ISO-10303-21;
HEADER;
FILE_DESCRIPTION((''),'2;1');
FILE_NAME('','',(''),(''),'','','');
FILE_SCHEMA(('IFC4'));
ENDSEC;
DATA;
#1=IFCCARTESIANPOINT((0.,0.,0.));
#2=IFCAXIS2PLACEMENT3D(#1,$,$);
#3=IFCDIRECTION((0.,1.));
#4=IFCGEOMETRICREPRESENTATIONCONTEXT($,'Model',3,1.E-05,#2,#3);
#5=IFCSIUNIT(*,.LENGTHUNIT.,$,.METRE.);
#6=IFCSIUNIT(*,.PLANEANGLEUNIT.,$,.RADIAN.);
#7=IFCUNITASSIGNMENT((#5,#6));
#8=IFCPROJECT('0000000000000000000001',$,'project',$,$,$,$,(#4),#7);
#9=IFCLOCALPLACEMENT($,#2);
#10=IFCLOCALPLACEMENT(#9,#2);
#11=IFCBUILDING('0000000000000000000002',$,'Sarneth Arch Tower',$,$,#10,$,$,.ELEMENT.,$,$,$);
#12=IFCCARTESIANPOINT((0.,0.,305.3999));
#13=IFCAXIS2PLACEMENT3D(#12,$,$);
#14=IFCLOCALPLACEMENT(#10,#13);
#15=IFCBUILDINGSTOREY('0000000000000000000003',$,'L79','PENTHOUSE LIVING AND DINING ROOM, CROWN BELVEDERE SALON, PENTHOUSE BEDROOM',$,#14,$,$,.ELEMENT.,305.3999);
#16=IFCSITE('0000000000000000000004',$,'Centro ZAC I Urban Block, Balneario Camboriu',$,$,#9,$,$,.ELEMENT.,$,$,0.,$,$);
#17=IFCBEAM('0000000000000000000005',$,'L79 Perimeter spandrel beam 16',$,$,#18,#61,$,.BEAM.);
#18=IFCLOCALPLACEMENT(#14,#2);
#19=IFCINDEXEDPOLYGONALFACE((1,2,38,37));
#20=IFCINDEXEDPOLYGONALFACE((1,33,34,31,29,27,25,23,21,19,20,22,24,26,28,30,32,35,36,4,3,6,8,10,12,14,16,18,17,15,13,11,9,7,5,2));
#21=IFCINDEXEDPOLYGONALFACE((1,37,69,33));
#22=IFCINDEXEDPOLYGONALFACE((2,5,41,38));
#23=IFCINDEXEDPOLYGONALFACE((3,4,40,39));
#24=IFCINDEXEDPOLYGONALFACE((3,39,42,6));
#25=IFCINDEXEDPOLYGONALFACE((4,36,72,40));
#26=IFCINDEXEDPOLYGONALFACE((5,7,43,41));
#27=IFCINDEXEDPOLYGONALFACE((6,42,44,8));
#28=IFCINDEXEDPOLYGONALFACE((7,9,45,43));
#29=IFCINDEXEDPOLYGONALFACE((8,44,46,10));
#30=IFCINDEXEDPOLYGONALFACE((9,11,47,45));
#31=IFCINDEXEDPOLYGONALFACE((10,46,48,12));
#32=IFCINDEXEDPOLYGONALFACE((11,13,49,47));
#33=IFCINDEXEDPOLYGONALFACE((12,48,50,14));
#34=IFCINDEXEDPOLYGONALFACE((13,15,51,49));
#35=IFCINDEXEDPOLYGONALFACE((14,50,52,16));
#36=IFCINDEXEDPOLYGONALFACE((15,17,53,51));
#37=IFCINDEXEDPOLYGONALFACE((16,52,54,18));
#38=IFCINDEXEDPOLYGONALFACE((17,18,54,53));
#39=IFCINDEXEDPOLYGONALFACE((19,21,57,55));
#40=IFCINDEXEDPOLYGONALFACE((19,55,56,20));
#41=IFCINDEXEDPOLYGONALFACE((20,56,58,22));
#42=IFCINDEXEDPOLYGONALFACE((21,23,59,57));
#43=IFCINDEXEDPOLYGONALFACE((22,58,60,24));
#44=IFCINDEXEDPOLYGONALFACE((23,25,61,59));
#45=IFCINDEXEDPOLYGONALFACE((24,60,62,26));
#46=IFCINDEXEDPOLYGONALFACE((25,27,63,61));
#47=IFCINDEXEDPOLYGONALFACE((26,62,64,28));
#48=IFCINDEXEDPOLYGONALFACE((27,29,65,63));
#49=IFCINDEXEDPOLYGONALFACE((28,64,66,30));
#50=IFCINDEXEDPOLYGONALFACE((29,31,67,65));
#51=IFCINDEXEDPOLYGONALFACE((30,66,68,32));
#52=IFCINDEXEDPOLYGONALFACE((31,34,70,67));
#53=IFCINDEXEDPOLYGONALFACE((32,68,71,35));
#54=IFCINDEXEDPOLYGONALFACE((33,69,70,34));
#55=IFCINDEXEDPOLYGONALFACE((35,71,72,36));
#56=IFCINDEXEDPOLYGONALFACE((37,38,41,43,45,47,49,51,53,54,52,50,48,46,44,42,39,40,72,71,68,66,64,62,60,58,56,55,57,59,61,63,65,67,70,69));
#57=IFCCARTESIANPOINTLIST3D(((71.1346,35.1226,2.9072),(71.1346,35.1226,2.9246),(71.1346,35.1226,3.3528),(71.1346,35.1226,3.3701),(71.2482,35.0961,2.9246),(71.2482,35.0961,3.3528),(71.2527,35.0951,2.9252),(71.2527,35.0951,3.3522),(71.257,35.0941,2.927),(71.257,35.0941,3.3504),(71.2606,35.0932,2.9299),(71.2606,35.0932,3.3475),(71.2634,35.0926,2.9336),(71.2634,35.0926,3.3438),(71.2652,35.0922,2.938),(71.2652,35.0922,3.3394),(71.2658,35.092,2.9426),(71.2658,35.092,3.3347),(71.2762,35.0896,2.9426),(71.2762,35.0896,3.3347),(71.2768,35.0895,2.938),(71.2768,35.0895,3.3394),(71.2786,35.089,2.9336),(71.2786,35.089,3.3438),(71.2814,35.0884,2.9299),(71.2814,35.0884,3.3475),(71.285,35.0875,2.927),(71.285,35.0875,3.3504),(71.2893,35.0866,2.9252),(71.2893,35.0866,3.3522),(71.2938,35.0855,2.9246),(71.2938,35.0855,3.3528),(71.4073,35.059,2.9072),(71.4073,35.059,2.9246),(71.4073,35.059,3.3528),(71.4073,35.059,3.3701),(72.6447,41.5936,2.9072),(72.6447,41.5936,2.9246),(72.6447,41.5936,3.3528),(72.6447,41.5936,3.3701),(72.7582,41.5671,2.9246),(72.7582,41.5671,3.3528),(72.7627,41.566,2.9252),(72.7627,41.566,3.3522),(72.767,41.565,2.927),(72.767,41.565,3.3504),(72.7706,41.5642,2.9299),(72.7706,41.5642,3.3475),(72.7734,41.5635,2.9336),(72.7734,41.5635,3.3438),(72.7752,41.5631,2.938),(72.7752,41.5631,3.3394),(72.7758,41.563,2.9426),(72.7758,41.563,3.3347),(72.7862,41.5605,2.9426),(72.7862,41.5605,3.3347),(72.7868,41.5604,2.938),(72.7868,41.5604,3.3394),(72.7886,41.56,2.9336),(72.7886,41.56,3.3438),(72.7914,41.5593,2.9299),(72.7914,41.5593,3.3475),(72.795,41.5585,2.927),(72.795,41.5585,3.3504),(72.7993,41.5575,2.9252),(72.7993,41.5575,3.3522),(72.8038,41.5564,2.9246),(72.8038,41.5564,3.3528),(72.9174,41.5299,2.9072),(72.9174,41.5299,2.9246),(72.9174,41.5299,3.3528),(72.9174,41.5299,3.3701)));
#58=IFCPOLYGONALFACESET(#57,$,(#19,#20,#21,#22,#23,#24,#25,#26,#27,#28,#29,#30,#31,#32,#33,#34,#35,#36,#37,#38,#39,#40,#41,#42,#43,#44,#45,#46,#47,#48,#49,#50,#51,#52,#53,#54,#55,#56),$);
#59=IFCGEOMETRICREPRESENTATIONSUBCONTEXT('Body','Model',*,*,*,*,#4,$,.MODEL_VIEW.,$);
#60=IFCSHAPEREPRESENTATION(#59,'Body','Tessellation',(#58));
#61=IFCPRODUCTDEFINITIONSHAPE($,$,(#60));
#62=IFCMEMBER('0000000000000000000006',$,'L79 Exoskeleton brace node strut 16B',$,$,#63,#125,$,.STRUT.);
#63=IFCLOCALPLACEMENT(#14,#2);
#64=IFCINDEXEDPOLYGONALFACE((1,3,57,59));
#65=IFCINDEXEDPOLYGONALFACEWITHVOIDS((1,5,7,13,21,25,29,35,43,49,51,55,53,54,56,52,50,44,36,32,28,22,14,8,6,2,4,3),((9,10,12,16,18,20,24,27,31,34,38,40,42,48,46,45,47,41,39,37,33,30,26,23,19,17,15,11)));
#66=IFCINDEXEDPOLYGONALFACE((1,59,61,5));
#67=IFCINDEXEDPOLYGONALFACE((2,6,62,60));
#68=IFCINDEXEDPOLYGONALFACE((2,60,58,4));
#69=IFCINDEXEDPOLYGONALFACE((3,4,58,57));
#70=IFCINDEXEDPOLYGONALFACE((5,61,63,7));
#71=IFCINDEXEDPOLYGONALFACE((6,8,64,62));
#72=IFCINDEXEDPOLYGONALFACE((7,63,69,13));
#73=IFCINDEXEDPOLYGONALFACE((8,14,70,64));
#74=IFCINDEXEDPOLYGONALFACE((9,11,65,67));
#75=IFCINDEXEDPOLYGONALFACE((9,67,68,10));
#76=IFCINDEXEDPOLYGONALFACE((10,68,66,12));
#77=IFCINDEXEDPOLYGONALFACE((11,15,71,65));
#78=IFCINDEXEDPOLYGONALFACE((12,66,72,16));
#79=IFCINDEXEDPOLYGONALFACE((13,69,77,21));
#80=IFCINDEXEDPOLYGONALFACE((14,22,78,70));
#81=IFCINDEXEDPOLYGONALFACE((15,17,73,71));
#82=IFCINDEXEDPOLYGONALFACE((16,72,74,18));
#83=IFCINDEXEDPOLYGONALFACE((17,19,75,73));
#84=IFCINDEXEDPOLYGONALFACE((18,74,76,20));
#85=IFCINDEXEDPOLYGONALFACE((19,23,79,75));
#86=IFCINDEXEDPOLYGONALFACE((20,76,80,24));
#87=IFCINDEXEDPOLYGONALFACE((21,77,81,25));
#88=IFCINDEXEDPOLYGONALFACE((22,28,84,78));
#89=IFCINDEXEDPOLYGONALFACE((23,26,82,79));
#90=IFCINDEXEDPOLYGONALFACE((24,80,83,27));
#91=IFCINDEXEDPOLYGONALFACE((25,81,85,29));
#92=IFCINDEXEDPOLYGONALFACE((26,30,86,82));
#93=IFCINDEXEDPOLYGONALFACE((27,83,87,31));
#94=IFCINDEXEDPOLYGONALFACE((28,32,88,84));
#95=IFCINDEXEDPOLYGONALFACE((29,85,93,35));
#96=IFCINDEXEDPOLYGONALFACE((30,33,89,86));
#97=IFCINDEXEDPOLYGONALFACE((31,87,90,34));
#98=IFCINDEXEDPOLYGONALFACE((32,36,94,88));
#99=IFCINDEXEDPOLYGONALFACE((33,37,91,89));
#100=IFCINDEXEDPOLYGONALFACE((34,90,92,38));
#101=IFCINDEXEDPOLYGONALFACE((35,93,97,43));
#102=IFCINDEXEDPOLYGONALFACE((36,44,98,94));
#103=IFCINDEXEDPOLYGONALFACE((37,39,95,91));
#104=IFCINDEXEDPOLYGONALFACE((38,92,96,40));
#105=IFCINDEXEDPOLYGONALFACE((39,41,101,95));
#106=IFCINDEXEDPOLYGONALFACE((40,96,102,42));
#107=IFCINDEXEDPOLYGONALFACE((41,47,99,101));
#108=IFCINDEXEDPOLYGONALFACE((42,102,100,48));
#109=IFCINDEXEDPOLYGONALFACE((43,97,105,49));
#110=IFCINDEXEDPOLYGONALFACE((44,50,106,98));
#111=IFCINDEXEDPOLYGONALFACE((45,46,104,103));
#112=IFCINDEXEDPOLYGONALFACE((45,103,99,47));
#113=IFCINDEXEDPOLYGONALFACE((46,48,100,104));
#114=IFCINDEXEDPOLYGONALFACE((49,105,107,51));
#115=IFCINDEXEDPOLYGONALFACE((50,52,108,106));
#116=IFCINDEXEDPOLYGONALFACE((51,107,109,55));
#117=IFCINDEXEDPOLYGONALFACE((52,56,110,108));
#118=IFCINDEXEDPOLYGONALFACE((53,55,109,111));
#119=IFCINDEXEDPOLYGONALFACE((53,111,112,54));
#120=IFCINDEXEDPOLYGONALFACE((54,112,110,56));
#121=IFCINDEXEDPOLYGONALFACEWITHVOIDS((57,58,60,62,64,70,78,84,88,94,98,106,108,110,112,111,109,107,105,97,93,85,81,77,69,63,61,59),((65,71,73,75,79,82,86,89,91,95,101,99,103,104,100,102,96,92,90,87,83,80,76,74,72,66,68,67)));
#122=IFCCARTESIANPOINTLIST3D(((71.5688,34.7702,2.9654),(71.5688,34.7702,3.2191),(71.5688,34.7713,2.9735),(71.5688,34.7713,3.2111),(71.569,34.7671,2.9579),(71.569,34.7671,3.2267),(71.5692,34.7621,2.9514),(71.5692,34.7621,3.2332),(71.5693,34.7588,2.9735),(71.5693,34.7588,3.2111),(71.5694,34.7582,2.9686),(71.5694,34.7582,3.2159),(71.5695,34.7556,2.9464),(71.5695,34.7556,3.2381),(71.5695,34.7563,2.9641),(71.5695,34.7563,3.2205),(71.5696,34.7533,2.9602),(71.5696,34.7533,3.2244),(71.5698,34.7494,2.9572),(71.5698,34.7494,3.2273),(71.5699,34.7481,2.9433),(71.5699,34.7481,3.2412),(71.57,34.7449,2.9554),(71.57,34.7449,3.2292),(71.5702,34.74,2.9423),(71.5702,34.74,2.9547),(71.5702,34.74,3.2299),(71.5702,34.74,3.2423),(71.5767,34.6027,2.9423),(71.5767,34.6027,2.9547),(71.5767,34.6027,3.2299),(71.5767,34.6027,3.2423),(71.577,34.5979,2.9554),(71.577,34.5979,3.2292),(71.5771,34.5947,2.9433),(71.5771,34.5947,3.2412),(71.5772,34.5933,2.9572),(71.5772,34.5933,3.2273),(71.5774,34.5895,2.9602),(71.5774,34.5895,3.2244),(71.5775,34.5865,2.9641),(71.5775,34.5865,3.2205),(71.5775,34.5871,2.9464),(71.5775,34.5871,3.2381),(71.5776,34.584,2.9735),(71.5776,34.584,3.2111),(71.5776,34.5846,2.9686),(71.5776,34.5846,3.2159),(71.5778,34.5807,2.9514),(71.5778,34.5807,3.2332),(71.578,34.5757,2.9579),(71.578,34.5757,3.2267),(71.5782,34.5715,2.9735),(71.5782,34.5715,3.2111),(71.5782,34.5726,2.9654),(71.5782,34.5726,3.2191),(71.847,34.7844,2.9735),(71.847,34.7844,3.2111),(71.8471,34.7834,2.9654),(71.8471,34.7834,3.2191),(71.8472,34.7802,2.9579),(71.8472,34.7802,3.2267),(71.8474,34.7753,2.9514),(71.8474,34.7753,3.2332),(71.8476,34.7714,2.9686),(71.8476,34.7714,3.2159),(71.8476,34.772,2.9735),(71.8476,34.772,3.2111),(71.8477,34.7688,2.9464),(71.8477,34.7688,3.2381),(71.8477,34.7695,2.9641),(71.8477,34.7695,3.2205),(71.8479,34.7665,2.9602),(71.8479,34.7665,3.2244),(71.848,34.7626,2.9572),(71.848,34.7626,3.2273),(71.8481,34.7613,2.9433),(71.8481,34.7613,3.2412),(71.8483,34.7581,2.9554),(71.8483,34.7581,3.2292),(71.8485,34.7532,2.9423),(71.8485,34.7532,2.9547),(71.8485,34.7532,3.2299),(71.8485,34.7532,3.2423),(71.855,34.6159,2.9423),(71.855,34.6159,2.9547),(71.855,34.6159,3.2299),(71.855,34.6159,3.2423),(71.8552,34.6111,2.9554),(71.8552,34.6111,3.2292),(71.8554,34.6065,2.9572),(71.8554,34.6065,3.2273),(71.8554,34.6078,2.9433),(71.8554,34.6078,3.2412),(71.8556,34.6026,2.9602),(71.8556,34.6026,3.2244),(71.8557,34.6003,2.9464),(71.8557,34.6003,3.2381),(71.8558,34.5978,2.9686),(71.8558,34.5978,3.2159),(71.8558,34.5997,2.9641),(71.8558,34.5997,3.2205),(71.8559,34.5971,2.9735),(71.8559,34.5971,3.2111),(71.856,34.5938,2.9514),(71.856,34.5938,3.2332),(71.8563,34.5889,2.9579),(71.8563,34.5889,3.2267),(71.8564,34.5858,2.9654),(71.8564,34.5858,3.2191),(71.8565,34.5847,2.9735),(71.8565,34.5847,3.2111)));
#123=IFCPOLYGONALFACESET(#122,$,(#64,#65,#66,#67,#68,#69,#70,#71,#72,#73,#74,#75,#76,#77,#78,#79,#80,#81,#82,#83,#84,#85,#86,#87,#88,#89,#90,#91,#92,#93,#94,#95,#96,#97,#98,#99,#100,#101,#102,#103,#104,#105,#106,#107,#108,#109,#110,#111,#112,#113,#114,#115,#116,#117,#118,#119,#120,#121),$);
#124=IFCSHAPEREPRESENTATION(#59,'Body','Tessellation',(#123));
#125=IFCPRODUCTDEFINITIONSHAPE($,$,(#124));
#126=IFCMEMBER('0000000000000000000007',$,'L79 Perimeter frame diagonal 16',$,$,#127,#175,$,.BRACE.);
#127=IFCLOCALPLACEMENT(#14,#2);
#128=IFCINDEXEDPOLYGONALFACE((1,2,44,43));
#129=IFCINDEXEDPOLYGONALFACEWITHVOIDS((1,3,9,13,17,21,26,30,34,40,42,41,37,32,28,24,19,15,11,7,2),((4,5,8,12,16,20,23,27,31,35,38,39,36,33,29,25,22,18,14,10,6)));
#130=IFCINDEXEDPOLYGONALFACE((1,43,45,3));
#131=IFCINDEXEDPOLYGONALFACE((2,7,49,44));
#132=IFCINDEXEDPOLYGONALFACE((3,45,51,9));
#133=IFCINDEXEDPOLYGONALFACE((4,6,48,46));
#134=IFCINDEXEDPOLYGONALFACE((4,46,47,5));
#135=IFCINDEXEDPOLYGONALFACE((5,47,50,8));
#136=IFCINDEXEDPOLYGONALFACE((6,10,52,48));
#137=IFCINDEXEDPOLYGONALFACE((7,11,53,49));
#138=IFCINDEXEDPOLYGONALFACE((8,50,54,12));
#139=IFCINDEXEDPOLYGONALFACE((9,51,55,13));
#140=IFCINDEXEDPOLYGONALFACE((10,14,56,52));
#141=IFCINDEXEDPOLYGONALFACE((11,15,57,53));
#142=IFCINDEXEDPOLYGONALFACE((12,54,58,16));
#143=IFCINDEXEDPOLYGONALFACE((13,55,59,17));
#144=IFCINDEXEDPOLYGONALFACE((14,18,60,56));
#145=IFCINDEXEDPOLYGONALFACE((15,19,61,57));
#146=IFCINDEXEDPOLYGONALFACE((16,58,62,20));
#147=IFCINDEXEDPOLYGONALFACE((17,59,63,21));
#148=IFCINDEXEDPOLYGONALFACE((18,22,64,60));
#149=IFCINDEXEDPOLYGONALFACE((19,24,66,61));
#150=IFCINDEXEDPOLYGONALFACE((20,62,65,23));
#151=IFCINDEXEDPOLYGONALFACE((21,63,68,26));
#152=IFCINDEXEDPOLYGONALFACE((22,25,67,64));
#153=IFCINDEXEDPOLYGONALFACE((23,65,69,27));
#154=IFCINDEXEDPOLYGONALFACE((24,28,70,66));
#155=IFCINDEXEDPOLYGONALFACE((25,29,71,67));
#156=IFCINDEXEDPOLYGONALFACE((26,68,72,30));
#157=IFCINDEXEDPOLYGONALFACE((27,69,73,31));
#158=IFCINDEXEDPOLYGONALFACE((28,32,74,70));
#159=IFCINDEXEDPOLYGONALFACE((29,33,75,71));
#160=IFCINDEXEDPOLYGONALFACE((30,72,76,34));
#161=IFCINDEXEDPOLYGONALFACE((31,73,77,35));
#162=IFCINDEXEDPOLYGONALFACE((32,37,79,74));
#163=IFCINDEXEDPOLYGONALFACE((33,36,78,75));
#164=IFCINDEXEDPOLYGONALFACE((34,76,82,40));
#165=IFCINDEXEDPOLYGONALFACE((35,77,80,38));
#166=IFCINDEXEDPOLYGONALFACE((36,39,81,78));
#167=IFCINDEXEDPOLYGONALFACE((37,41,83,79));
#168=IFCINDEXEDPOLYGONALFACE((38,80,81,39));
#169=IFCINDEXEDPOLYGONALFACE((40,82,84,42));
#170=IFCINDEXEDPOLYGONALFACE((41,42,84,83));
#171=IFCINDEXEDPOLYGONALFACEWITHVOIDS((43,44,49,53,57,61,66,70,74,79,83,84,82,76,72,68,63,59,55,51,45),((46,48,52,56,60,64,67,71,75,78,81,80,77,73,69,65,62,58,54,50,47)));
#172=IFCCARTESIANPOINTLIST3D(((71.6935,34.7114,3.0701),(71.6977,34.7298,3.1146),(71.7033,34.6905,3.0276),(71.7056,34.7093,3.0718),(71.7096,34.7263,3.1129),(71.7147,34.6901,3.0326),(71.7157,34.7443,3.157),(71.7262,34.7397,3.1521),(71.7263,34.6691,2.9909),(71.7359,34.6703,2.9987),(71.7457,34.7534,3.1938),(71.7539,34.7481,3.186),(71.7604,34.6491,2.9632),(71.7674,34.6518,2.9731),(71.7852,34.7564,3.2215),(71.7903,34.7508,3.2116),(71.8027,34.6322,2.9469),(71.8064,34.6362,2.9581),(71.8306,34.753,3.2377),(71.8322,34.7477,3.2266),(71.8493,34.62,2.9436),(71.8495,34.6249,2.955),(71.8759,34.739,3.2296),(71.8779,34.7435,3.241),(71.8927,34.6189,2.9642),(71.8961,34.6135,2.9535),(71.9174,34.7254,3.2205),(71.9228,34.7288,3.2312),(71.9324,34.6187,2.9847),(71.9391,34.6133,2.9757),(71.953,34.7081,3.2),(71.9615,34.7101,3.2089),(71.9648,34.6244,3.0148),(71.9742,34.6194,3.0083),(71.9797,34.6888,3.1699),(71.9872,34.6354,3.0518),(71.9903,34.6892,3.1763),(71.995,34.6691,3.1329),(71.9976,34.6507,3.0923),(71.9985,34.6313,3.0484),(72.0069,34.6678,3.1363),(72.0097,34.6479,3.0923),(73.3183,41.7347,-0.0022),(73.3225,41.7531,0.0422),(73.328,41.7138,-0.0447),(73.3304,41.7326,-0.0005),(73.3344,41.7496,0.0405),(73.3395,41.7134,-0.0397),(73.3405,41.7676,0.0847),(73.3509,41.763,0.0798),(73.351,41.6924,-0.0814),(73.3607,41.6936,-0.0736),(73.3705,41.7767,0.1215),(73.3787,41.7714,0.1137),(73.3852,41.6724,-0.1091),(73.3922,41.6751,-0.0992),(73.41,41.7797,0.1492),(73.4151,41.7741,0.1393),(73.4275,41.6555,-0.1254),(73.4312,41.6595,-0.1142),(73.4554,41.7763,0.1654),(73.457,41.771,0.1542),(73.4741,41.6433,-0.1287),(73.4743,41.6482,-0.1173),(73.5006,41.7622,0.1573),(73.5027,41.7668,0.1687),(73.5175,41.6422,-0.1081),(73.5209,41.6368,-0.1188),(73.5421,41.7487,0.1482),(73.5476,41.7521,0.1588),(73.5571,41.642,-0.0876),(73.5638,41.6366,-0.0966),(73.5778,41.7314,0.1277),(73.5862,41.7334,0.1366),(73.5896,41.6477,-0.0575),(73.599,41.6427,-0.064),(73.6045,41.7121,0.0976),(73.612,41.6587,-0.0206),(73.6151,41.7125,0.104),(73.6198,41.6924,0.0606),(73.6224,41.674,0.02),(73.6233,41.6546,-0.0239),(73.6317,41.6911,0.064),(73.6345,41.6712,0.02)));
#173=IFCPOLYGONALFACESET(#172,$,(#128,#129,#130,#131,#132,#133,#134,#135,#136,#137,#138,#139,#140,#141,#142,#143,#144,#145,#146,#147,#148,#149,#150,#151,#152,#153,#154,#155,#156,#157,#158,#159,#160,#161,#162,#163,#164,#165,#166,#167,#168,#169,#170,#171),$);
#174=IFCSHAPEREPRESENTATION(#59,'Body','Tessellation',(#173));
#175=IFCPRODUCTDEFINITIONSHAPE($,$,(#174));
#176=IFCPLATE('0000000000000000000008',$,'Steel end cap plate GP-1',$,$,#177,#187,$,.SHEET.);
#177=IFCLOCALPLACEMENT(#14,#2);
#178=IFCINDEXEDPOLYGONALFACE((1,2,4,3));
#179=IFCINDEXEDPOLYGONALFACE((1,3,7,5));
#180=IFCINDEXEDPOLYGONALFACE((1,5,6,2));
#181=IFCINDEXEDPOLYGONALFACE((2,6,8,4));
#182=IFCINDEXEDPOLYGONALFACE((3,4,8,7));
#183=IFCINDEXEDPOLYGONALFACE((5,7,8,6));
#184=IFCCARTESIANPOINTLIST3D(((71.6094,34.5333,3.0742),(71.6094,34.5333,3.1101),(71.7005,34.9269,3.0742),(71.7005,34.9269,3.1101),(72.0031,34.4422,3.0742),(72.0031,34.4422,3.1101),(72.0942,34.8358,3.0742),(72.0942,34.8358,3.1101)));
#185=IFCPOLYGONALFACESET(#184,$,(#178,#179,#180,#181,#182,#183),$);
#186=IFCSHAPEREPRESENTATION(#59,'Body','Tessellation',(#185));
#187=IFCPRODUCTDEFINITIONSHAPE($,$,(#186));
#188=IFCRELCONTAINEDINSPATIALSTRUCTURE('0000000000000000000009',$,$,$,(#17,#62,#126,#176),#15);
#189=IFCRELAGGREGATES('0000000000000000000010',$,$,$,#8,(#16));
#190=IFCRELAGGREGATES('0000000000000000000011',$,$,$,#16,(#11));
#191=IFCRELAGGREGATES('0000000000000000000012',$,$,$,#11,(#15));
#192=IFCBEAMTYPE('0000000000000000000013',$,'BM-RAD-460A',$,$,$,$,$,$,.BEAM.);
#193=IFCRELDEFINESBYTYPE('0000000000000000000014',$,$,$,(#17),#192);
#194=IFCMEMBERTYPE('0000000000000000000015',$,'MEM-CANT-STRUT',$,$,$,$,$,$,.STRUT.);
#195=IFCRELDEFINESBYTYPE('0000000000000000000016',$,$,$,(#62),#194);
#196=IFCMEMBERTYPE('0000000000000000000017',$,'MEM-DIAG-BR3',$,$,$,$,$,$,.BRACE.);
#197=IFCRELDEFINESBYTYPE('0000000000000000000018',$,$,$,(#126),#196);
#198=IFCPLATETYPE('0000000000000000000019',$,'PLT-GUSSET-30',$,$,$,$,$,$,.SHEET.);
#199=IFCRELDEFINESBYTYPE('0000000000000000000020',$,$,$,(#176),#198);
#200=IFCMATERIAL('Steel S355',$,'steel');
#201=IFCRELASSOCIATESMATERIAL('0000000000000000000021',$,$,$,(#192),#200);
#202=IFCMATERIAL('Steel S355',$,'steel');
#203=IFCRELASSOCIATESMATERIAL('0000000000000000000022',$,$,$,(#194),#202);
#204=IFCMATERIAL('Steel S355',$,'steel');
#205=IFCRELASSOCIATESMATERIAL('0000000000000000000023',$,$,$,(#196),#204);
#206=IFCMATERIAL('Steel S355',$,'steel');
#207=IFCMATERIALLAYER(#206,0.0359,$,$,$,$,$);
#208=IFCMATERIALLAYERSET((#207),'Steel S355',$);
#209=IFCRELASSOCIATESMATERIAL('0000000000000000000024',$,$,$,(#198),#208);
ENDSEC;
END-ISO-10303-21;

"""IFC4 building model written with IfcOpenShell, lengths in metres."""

from ifc_helpers import new_model, si_unit, direction, frame, origin, origin_2d, place, context, subcontext, project, spatial, rectangle, hollow_rectangle, hollow_circle, i_section, extrude, material, layer, layer_set, material_profile, profile_set, type_object, element, save


model = new_model("IFC4")

# Units and contexts
model_context = context("Model", 3, precision=1e-05, world=origin(), true_north=direction((0.0, 1.0)))
body_context = subcontext(model_context, "Body", "Model", "MODEL_VIEW")
ifc_project = project(units=[si_unit("LENGTHUNIT", "METRE"), si_unit("PLANEANGLEUNIT", "RADIAN")], contexts=[model_context])

# Site, building, storey
site_placement = place(None, origin())
site = spatial("IfcSite", under=ifc_project, at=site_placement, Name="Centro ZAC I Urban Block, Balneario Camboriu", CompositionType="ELEMENT", RefElevation=0.0)
building_placement = place(site_placement, origin())
building = spatial("IfcBuilding", under=site, at=building_placement, Name="Sarneth Arch Tower", CompositionType="ELEMENT")
storey_placement = place(building_placement, frame((0.0, 0.0, 305.3999)))
storey = spatial("IfcBuildingStorey", under=building, at=storey_placement, Name="L79", Description="PENTHOUSE LIVING AND DINING ROOM, CROWN BELVEDERE SALON, PENTHOUSE BEDROOM", CompositionType="ELEMENT", Elevation=305.3999)

# Beam
ifc_material_1 = material(Name="Steel S355", Category="steel")
ifc_material_profile_1 = material_profile(ifc_material_1, i_section(OverallWidth=0.28, OverallDepth=0.4629, WebThickness=0.0107, FlangeThickness=0.0173, FilletRadius=0.0181, at=origin_2d()), Name="W460x113")
ifc_profile_set_1 = profile_set([ifc_material_profile_1], Name="Steel S355")
beam_type_1 = type_object("IfcBeamType", Name="BM-RAD-460A", PredefinedType="BEAM", material=ifc_profile_set_1)
beam_1_placement = place(storey_placement, frame((71.271, 35.0908, 3.1387), z_axis=(0.227247, 0.973837, 0.0), x_axis=(-0.973837, 0.227247, 0.0)))
element("IfcBeam", 1, at=beam_1_placement, inside=storey, type_object=beam_type_1, Name="L79 Perimeter spandrel beam 16", PredefinedType="BEAM", context=body_context, shape_type="SweptSolid", body=[
    extrude(i_section(OverallWidth=0.28, OverallDepth=0.4629, WebThickness=0.0107, FlangeThickness=0.0173, FilletRadius=0.0181, at=origin_2d()), origin(), (0.0, 0.0, 1.0), 6.6448),
])

# Members
ifc_material_2 = material(Name="Steel S355", Category="steel")
ifc_material_profile_2 = material_profile(ifc_material_2, hollow_rectangle(XDim=0.2, YDim=0.3, WallThickness=0.0125, InnerFilletRadius=0.0188, OuterFilletRadius=0.0312, at=origin_2d()), Name="RHS300x200x12.5")
ifc_profile_set_2 = profile_set([ifc_material_profile_2], Name="Steel S355")
member_type_1 = type_object("IfcMemberType", Name="MEM-CANT-STRUT", PredefinedType="STRUT", material=ifc_profile_set_2)
member_1_placement = place(storey_placement, frame((71.5735, 34.6714, 3.0923), z_axis=(0.99888, 0.047315, 0.0), x_axis=(-0.047315, 0.99888, 0.0)))
element("IfcMember", 2, at=member_1_placement, inside=storey, type_object=member_type_1, Name="L79 Exoskeleton brace node strut 16B", PredefinedType="STRUT", context=body_context, shape_type="SweptSolid", body=[
    extrude(hollow_rectangle(XDim=0.2, YDim=0.3, WallThickness=0.0125, InnerFilletRadius=0.0188, OuterFilletRadius=0.0312, at=origin_2d()), origin(), (0.0, 0.0, 1.0), 0.2786),
])
ifc_material_3 = material(Name="Steel S355", Category="steel")
ifc_material_profile_3 = material_profile(ifc_material_3, hollow_circle(Radius=0.1621, WallThickness=0.0125, at=origin_2d()), Name="CHS324x12.5")
ifc_profile_set_3 = profile_set([ifc_material_profile_3], Name="Steel S355")
member_type_2 = type_object("IfcMemberType", Name="MEM-DIAG-BR3", PredefinedType="BRACE", material=ifc_profile_set_3)
member_2_placement = place(storey_placement, frame((73.4766, 41.7078, 0.02), z_axis=(-0.207343, -0.896265, 0.392067), x_axis=(0.974269, -0.225389, 0.0)))
element("IfcMember", 3, at=member_2_placement, inside=storey, type_object=member_type_2, Name="L79 Perimeter frame diagonal 16", PredefinedType="BRACE", context=body_context, shape_type="SweptSolid", body=[
    extrude(hollow_circle(Radius=0.1621, WallThickness=0.0125, at=origin_2d()), origin(), (0.0, 0.0, 1.0), 7.8362),
])

# Plate
ifc_material_4 = material(Name="Steel S355", Category="steel")
ifc_layer_1 = layer(ifc_material_4, 0.0359)
ifc_layer_set_1 = layer_set([ifc_layer_1], Name="Steel S355")
plate_type = type_object("IfcPlateType", Name="PLT-GUSSET-30", PredefinedType="SHEET", material=ifc_layer_set_1)
plate_placement = place(storey_placement, frame((71.8518, 34.6846, 3.0742), z_axis=(0.0, 0.0, 1.0), x_axis=(0.225461, 0.974252, 0.0)))
element("IfcPlate", 4, at=plate_placement, inside=storey, type_object=plate_type, Name="Steel end cap plate GP-1", PredefinedType="SHEET", context=body_context, shape_type="SweptSolid", body=[
    extrude(rectangle(XDim=0.4041, YDim=0.4041, at=origin_2d()), origin(), (0.0, 0.0, 1.0), 0.0359),
])

save(model, "model.ifc")
